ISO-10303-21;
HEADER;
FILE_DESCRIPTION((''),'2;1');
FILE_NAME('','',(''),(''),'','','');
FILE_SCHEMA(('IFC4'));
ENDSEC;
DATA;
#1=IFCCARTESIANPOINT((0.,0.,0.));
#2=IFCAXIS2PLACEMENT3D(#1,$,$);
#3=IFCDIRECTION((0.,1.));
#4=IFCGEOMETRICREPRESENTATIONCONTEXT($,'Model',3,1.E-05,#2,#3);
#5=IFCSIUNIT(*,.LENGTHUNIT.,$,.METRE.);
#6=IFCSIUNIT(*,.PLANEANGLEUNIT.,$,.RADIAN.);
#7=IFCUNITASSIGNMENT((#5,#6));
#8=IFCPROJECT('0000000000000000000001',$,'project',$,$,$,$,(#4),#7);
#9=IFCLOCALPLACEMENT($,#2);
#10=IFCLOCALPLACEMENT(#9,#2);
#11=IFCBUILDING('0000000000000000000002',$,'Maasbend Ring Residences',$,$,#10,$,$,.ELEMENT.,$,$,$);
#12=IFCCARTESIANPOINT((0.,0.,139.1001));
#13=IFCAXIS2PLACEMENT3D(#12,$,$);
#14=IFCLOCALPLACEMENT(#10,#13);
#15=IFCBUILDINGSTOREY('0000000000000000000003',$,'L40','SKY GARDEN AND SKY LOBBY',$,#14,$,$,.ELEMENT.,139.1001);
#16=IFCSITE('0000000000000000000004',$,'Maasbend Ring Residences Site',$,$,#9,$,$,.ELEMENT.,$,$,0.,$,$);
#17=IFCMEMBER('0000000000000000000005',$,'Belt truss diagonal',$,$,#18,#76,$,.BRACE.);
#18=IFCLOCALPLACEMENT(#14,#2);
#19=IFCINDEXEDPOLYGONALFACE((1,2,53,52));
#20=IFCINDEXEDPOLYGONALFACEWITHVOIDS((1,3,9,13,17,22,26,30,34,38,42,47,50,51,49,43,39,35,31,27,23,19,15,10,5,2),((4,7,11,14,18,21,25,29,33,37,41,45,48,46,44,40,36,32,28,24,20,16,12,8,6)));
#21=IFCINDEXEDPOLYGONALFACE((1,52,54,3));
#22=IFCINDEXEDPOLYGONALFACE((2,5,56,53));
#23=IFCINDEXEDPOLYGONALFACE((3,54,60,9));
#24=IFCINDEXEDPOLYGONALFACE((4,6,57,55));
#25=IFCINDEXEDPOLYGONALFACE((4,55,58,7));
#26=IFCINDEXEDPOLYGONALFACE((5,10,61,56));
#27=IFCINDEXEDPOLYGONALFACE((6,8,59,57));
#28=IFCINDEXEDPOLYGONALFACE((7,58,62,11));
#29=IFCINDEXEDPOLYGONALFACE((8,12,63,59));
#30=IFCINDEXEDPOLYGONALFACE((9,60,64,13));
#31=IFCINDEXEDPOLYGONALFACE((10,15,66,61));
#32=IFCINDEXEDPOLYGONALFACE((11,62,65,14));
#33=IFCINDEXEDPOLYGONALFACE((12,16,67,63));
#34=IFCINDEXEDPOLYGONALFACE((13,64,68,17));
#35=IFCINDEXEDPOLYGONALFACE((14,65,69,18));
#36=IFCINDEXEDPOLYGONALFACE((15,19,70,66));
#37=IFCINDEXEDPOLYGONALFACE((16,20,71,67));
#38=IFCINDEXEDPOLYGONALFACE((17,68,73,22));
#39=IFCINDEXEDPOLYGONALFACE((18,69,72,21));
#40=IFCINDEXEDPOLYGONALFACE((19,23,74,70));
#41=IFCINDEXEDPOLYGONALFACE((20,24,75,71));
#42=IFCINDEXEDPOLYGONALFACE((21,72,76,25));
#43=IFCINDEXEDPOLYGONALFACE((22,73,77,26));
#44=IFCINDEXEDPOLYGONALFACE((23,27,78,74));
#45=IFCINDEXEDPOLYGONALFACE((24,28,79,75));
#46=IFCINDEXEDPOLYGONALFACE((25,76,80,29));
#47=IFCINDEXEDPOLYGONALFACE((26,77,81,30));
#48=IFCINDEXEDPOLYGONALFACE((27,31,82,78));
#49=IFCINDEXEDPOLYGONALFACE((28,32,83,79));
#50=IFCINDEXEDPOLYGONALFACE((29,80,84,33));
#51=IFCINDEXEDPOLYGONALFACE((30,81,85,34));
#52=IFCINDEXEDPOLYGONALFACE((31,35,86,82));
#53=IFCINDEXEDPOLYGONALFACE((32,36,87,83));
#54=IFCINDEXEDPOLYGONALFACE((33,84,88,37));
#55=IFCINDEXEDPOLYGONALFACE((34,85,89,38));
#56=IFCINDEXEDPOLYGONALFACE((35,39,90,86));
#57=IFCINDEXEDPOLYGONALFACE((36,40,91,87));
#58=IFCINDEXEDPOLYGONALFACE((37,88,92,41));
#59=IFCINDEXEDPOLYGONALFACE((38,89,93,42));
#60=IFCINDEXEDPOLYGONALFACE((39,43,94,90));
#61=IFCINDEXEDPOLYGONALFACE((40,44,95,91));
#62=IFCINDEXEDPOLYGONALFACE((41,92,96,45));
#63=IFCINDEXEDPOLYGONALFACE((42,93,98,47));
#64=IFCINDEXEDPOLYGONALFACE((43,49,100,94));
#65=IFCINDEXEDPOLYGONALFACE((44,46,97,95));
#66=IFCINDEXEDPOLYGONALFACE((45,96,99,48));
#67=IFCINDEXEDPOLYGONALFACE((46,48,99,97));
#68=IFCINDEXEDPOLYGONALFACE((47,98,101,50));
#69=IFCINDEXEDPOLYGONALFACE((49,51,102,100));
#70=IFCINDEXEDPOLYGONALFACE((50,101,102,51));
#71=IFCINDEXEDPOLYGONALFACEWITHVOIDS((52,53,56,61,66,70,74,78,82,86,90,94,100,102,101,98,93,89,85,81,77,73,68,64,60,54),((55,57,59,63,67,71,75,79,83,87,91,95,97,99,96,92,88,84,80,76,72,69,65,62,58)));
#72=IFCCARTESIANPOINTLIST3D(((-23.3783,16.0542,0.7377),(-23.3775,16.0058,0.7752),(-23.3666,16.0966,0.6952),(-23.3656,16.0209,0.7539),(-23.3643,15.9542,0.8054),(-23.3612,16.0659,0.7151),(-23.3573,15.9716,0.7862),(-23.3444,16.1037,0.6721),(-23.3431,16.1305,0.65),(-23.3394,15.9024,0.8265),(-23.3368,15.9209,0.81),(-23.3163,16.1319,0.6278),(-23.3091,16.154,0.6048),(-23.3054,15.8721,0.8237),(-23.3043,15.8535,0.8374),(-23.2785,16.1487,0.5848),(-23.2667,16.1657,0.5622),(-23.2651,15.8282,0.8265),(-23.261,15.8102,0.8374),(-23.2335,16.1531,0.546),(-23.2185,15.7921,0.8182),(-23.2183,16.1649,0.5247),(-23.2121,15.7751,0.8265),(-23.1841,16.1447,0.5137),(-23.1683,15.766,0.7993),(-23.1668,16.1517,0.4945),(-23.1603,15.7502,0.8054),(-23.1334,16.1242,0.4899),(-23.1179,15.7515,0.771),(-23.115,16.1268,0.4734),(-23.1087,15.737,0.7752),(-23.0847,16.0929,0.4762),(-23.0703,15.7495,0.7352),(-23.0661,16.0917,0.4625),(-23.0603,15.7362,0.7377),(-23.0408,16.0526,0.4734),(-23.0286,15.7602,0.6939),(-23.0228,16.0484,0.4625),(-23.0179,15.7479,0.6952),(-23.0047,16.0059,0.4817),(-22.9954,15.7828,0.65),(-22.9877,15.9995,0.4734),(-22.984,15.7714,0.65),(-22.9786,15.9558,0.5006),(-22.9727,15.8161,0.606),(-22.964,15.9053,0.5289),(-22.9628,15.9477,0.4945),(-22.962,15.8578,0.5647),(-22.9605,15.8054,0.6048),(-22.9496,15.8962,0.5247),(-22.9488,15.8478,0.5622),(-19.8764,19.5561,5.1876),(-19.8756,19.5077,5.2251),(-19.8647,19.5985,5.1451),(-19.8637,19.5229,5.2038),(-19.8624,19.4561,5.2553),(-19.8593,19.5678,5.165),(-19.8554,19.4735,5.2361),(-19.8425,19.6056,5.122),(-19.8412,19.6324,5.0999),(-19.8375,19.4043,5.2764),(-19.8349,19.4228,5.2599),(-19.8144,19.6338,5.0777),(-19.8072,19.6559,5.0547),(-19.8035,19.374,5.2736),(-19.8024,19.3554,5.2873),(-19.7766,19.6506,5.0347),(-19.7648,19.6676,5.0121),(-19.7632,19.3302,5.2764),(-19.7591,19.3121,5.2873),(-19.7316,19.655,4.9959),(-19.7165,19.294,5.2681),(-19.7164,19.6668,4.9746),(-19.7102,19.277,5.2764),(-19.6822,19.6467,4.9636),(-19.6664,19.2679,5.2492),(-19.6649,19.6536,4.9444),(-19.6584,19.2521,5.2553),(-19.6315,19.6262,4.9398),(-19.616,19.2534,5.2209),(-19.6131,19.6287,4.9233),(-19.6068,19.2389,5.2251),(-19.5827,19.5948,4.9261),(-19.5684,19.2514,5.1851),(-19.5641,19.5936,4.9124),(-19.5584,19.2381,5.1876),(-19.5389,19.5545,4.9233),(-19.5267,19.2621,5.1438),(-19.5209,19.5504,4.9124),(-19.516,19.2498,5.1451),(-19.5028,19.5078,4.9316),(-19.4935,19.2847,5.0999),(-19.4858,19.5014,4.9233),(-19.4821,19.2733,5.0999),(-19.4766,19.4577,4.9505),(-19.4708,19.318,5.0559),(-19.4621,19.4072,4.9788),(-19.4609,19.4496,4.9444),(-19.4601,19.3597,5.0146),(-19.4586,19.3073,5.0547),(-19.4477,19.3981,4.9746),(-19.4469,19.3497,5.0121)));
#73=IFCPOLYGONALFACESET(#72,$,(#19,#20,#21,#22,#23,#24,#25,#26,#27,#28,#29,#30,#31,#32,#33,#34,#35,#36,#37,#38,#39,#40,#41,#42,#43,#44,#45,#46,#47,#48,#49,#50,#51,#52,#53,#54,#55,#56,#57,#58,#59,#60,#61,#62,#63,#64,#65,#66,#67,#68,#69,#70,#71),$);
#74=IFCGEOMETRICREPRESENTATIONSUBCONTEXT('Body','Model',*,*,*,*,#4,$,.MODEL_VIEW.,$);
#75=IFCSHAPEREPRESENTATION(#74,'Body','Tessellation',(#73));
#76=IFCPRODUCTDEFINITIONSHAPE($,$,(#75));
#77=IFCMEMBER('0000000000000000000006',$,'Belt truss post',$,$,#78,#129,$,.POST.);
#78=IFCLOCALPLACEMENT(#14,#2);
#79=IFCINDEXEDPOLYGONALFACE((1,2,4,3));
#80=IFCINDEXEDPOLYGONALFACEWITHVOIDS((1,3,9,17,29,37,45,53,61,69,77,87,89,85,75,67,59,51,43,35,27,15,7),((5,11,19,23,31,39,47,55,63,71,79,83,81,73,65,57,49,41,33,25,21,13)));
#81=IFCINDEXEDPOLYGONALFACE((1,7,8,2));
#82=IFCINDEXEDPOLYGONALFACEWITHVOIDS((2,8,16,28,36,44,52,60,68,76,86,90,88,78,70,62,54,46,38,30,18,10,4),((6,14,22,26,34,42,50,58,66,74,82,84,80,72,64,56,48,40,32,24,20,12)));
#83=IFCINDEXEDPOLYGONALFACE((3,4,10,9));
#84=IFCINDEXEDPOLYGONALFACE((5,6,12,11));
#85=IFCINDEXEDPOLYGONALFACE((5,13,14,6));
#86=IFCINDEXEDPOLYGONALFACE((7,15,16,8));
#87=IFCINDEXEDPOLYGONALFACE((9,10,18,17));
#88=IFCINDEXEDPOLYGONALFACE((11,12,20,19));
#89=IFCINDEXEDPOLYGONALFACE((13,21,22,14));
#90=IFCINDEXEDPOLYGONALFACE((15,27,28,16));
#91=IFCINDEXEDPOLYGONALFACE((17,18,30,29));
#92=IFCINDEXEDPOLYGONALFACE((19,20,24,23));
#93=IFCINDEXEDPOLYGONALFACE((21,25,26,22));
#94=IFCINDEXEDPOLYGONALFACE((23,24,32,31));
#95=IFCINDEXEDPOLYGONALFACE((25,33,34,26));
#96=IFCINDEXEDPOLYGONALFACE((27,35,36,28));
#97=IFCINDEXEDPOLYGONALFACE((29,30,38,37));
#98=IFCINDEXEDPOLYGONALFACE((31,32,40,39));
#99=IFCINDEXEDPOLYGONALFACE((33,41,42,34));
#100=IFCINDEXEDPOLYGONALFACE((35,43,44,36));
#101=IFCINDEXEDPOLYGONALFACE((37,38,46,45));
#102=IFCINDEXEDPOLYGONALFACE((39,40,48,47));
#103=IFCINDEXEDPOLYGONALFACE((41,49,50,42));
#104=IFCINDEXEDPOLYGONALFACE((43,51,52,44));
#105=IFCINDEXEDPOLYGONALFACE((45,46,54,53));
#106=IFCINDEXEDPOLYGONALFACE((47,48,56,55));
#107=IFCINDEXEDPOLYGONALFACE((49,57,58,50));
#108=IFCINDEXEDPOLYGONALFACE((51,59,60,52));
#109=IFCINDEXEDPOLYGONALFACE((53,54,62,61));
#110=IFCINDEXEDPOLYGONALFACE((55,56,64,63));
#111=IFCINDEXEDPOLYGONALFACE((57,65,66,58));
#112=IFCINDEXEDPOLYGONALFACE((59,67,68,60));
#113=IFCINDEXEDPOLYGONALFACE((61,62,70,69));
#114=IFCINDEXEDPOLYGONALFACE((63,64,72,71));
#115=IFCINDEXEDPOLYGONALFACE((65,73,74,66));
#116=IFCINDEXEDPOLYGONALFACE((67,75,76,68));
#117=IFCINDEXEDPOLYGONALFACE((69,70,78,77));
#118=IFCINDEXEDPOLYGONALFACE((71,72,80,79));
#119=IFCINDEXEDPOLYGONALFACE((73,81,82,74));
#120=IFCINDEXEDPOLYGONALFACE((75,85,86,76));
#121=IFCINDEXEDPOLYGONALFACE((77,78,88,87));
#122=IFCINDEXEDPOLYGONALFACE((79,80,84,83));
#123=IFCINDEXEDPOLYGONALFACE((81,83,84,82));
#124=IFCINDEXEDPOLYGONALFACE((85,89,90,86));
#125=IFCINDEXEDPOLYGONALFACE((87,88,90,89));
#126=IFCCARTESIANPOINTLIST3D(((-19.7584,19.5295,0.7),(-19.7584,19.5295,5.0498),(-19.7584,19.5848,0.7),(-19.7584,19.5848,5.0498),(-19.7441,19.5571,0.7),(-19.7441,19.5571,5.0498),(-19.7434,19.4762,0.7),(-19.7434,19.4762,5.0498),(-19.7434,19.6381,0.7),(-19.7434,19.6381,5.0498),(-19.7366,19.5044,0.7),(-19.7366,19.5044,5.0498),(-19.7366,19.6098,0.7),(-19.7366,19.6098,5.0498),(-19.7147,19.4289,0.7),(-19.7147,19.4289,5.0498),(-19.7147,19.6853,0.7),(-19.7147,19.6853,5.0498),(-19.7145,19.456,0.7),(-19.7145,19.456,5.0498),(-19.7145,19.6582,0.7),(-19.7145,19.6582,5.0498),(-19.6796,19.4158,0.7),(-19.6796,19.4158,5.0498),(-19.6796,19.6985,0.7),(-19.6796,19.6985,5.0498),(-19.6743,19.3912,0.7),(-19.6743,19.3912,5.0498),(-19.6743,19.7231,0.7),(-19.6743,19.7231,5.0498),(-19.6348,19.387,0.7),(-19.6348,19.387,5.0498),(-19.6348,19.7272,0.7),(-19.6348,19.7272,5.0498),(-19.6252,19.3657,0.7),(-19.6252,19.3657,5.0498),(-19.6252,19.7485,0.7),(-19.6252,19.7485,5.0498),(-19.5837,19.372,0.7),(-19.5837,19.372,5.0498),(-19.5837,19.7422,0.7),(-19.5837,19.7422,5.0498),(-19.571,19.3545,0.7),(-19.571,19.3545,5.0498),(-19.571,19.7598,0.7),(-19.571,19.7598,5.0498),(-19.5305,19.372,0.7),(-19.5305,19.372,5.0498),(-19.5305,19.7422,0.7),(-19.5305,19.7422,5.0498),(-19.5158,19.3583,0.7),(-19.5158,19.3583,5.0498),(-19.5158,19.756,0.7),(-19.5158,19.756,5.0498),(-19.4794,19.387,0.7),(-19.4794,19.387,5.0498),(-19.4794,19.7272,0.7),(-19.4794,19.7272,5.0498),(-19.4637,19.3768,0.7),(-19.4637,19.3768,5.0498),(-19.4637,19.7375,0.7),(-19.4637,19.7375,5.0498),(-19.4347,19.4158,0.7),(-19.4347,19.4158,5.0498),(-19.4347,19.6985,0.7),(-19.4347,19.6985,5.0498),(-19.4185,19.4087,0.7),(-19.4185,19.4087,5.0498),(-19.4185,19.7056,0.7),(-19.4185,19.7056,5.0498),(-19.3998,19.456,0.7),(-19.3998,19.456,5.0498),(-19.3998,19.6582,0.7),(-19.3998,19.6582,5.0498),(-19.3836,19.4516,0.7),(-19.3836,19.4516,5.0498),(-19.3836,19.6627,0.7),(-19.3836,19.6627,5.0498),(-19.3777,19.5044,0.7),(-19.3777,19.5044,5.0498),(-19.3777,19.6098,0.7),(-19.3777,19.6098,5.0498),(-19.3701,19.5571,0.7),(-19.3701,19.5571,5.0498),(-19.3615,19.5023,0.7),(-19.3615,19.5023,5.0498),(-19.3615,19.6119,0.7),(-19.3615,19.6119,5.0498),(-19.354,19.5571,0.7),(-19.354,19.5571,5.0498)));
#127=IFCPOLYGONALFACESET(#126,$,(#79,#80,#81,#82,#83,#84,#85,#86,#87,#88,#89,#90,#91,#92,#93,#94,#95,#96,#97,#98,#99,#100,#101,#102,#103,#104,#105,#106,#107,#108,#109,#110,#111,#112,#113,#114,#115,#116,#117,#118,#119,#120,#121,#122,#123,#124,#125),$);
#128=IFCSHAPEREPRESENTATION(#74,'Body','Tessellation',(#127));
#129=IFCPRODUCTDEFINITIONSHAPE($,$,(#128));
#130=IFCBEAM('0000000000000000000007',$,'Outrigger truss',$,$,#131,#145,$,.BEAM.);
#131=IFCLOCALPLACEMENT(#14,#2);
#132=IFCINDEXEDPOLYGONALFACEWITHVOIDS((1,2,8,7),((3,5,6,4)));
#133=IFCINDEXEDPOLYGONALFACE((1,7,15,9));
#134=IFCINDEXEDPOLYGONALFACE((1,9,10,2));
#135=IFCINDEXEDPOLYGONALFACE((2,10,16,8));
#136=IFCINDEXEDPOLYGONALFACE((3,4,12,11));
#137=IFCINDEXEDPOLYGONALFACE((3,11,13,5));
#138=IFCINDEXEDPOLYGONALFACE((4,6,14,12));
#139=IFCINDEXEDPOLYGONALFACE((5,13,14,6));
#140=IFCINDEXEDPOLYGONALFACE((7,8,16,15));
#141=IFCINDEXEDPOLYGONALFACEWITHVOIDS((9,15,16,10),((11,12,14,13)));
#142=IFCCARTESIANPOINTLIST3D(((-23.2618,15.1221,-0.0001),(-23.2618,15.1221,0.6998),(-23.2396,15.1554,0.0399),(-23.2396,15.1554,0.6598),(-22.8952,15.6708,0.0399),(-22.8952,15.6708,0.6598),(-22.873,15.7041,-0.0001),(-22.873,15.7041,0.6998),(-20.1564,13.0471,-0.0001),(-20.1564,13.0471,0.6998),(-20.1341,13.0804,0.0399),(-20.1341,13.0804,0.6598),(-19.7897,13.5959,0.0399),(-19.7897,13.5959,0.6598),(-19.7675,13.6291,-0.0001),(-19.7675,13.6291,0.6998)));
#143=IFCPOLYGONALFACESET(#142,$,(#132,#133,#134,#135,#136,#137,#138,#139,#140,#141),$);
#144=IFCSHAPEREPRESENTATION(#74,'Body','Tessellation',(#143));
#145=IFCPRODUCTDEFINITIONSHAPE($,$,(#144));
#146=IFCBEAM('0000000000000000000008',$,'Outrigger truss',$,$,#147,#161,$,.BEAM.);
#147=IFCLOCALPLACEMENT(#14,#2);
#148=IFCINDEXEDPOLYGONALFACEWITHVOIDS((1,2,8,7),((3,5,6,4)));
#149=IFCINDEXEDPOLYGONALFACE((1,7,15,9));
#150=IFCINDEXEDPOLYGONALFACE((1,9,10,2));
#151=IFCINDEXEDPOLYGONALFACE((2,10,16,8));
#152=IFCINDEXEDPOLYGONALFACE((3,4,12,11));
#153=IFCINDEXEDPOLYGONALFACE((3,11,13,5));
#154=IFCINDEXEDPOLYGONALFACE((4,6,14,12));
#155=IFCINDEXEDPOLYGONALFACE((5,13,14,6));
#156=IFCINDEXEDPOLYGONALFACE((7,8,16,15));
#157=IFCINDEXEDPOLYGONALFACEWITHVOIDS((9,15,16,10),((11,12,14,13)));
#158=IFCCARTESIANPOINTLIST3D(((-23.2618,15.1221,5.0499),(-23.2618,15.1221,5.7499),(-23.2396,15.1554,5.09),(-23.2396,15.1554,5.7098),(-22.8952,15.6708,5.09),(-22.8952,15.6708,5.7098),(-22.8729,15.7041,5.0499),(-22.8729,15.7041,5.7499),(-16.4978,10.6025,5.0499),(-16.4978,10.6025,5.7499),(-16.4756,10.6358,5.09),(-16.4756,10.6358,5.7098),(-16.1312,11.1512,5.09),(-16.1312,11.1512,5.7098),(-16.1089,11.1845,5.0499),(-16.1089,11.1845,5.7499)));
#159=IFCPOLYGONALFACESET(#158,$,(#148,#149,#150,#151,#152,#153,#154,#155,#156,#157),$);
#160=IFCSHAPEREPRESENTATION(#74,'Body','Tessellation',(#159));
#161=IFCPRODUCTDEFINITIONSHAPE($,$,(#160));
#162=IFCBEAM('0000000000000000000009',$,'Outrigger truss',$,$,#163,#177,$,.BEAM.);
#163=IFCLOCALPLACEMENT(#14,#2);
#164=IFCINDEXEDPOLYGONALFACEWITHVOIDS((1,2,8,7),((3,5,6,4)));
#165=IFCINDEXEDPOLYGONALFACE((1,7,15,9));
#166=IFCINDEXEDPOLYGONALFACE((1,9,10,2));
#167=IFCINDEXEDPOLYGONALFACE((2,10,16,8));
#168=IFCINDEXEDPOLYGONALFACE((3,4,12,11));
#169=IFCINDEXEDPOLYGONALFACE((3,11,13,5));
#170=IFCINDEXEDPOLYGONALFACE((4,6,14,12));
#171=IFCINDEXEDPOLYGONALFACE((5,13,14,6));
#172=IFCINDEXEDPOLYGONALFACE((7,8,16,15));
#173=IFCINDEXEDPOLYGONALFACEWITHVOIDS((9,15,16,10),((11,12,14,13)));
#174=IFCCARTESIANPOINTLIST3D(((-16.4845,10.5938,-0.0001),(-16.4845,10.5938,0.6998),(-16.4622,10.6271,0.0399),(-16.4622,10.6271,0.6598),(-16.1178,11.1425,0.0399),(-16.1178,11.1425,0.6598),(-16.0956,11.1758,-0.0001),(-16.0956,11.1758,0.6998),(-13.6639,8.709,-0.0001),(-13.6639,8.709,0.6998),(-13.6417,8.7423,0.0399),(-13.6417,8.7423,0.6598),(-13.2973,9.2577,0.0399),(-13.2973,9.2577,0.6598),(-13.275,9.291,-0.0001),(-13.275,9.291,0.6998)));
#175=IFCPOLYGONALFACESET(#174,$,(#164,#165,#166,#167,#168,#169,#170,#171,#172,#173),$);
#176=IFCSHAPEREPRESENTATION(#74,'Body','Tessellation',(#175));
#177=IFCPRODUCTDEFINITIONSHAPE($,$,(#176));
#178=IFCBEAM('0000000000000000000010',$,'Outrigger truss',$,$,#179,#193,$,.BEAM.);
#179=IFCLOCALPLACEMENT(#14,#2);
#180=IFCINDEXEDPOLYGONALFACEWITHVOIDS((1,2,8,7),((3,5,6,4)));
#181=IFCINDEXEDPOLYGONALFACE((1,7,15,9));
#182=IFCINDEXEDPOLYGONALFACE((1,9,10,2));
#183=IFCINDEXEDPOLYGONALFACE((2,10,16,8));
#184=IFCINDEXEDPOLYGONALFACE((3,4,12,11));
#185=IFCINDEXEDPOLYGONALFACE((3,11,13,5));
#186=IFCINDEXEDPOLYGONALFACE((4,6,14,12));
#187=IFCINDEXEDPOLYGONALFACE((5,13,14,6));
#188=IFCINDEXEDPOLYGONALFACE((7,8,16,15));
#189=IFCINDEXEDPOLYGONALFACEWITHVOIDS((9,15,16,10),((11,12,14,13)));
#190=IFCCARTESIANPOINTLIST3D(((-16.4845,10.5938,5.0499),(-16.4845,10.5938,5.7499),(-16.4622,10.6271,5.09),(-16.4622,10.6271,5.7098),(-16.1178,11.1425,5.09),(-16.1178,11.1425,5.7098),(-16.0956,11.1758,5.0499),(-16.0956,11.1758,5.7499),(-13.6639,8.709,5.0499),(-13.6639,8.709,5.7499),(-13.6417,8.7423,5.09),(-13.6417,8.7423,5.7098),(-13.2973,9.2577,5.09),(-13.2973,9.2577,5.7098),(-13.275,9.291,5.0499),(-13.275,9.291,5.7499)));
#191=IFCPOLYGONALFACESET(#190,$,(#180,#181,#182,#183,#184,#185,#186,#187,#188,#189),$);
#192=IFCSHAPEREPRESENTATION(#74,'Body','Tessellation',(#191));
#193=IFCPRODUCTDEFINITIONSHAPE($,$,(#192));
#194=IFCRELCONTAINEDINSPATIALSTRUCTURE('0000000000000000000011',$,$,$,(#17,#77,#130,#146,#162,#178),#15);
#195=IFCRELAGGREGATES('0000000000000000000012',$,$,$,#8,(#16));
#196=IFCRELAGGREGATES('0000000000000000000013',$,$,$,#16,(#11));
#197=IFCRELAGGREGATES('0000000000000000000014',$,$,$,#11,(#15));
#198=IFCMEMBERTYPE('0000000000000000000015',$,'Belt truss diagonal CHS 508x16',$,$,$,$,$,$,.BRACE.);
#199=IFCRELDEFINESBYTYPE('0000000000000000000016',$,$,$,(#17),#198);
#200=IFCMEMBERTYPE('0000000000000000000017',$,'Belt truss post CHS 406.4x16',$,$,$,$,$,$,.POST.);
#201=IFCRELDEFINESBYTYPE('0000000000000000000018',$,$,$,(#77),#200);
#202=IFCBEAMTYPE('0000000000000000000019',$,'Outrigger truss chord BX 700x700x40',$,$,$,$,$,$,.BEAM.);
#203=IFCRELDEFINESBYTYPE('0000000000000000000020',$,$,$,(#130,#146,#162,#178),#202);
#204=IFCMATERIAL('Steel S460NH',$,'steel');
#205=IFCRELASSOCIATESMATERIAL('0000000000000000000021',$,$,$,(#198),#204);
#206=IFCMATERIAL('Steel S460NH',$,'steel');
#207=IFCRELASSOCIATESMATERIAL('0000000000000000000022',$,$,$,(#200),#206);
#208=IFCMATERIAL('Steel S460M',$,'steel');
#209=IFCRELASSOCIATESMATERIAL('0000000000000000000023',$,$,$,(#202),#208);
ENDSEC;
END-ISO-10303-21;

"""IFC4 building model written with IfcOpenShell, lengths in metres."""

from ifc_helpers import new_model, si_unit, direction, frame, origin, origin_2d, place, context, subcontext, project, spatial, hollow_rectangle, hollow_circle, extrude, material, material_profile, profile_set, type_object, element, save


model = new_model("IFC4")

# Units and contexts
model_context = context("Model", 3, precision=1e-05, world=origin(), true_north=direction((0.0, 1.0)))
body_context = subcontext(model_context, "Body", "Model", "MODEL_VIEW")
ifc_project = project(units=[si_unit("LENGTHUNIT", "METRE"), si_unit("PLANEANGLEUNIT", "RADIAN")], contexts=[model_context])

# Site, building, storey
site_placement = place(None, origin())
site = spatial("IfcSite", under=ifc_project, at=site_placement, Name="Maasbend Ring Residences Site", CompositionType="ELEMENT", RefElevation=0.0)
building_placement = place(site_placement, origin())
building = spatial("IfcBuilding", under=site, at=building_placement, Name="Maasbend Ring Residences", CompositionType="ELEMENT")
storey_placement = place(building_placement, frame((0.0, 0.0, 139.1001)))
storey = spatial("IfcBuildingStorey", under=building, at=storey_placement, Name="L40", Description="SKY GARDEN AND SKY LOBBY", CompositionType="ELEMENT", Elevation=139.1001)

# Members
ifc_material_1 = material(Name="Steel S460NH", Category="steel")
ifc_material_profile_1 = material_profile(ifc_material_1, hollow_circle(Radius=0.2539, WallThickness=0.0161, at=origin_2d()), Name="Belt truss diagonal CHS 508x16")
ifc_profile_set_1 = profile_set([ifc_material_profile_1], Name="Steel S460NH")
member_type_1 = type_object("IfcMemberType", Name="Belt truss diagonal CHS 508x16", PredefinedType="BRACE", material=ifc_profile_set_1)
for number, where, z_axis, x_axis, name in (
    (1, (-19.6616, 19.4529, 5.0999), (-0.525974, -0.525974, -0.668358), (0.707107, -0.707107, 0.0), "Belt truss diagonal"),
):
    element("IfcMember", number, at=place(storey_placement, frame(where, z_axis=z_axis, x_axis=x_axis)), inside=storey, type_object=member_type_1, Name=name, PredefinedType="BRACE", context=body_context, shape_type="SweptSolid", body=[
        extrude(hollow_circle(Radius=0.2539, WallThickness=0.0161, at=origin_2d()), origin(), (0.0, 0.0, 1.0), 6.658),
    ])
ifc_material_2 = material(Name="Steel S460NH", Category="steel")
ifc_material_profile_2 = material_profile(ifc_material_2, hollow_circle(Radius=0.2031, WallThickness=0.0161, at=origin_2d()), Name="Belt truss post CHS 406.4x16")
ifc_profile_set_2 = profile_set([ifc_material_profile_2], Name="Steel S460NH")
member_type_2 = type_object("IfcMemberType", Name="Belt truss post CHS 406.4x16", PredefinedType="POST", material=ifc_profile_set_2)
member_1_placement = place(storey_placement, frame((-19.5571, 19.5571, 0.7), z_axis=(0.0, 0.0, 1.0), x_axis=(1.0, 0.0, 0.0)))
element("IfcMember", 2, at=member_1_placement, inside=storey, type_object=member_type_2, Name="Belt truss post", PredefinedType="POST", context=body_context, shape_type="SweptSolid", body=[
    extrude(hollow_circle(Radius=0.2031, WallThickness=0.0161, at=origin_2d()), origin(), (0.0, 0.0, 1.0), 4.3499),
])

# Beams
ifc_material_3 = material(Name="Steel S460M", Category="steel")
ifc_material_profile_3 = material_profile(ifc_material_3, hollow_rectangle(XDim=0.7, YDim=0.7, WallThickness=0.04, at=origin_2d()), Name="Outrigger truss chord BX 700x700x40")
ifc_profile_set_3 = profile_set([ifc_material_profile_3], Name="Steel S460M")
beam_type_1 = type_object("IfcBeamType", Name="Outrigger truss chord BX 700x700x40", PredefinedType="BEAM", material=ifc_profile_set_3)
beam_1_placement = place(storey_placement, frame((-23.0674, 15.4131, 0.3499), z_axis=(0.831477, -0.55556, 0.0), x_axis=(0.55556, 0.831477, 0.0)))
element("IfcBeam", 3, at=beam_1_placement, inside=storey, type_object=beam_type_1, Name="Outrigger truss", PredefinedType="BEAM", context=body_context, shape_type="SweptSolid", body=[
    extrude(hollow_rectangle(XDim=0.7, YDim=0.7, WallThickness=0.04, at=origin_2d()), origin(), (0.0, 0.0, 1.0), 3.7349),
])
beam_2_placement = place(storey_placement, frame((-23.0674, 15.4131, 5.3999), z_axis=(0.831468, -0.555573, 0.0), x_axis=(0.555573, 0.831468, 0.0)))
element("IfcBeam", 4, at=beam_2_placement, inside=storey, type_object=beam_type_1, Name="Outrigger truss", PredefinedType="BEAM", context=body_context, shape_type="SweptSolid", body=[
    extrude(hollow_rectangle(XDim=0.7, YDim=0.7, WallThickness=0.04, at=origin_2d()), origin(), (0.0, 0.0, 1.0), 8.135),
])
for number, where, z_axis, x_axis, name in (
    (5, (-16.29, 10.8848, 0.3499), (0.831452, -0.555597, 0.0), (0.555597, 0.831452, 0.0), "Outrigger truss"),
    (6, (-16.29, 10.8848, 5.3999), (0.831452, -0.555597, 0.0), (0.555597, 0.831452, 0.0), "Outrigger truss"),
):
    element("IfcBeam", number, at=place(storey_placement, frame(where, z_axis=z_axis, x_axis=x_axis)), inside=storey, type_object=beam_type_1, Name=name, PredefinedType="BEAM", context=body_context, shape_type="SweptSolid", body=[
        extrude(hollow_rectangle(XDim=0.7, YDim=0.7, WallThickness=0.04, at=origin_2d()), origin(), (0.0, 0.0, 1.0), 3.3923),
    ])

save(model, "model.ifc")
